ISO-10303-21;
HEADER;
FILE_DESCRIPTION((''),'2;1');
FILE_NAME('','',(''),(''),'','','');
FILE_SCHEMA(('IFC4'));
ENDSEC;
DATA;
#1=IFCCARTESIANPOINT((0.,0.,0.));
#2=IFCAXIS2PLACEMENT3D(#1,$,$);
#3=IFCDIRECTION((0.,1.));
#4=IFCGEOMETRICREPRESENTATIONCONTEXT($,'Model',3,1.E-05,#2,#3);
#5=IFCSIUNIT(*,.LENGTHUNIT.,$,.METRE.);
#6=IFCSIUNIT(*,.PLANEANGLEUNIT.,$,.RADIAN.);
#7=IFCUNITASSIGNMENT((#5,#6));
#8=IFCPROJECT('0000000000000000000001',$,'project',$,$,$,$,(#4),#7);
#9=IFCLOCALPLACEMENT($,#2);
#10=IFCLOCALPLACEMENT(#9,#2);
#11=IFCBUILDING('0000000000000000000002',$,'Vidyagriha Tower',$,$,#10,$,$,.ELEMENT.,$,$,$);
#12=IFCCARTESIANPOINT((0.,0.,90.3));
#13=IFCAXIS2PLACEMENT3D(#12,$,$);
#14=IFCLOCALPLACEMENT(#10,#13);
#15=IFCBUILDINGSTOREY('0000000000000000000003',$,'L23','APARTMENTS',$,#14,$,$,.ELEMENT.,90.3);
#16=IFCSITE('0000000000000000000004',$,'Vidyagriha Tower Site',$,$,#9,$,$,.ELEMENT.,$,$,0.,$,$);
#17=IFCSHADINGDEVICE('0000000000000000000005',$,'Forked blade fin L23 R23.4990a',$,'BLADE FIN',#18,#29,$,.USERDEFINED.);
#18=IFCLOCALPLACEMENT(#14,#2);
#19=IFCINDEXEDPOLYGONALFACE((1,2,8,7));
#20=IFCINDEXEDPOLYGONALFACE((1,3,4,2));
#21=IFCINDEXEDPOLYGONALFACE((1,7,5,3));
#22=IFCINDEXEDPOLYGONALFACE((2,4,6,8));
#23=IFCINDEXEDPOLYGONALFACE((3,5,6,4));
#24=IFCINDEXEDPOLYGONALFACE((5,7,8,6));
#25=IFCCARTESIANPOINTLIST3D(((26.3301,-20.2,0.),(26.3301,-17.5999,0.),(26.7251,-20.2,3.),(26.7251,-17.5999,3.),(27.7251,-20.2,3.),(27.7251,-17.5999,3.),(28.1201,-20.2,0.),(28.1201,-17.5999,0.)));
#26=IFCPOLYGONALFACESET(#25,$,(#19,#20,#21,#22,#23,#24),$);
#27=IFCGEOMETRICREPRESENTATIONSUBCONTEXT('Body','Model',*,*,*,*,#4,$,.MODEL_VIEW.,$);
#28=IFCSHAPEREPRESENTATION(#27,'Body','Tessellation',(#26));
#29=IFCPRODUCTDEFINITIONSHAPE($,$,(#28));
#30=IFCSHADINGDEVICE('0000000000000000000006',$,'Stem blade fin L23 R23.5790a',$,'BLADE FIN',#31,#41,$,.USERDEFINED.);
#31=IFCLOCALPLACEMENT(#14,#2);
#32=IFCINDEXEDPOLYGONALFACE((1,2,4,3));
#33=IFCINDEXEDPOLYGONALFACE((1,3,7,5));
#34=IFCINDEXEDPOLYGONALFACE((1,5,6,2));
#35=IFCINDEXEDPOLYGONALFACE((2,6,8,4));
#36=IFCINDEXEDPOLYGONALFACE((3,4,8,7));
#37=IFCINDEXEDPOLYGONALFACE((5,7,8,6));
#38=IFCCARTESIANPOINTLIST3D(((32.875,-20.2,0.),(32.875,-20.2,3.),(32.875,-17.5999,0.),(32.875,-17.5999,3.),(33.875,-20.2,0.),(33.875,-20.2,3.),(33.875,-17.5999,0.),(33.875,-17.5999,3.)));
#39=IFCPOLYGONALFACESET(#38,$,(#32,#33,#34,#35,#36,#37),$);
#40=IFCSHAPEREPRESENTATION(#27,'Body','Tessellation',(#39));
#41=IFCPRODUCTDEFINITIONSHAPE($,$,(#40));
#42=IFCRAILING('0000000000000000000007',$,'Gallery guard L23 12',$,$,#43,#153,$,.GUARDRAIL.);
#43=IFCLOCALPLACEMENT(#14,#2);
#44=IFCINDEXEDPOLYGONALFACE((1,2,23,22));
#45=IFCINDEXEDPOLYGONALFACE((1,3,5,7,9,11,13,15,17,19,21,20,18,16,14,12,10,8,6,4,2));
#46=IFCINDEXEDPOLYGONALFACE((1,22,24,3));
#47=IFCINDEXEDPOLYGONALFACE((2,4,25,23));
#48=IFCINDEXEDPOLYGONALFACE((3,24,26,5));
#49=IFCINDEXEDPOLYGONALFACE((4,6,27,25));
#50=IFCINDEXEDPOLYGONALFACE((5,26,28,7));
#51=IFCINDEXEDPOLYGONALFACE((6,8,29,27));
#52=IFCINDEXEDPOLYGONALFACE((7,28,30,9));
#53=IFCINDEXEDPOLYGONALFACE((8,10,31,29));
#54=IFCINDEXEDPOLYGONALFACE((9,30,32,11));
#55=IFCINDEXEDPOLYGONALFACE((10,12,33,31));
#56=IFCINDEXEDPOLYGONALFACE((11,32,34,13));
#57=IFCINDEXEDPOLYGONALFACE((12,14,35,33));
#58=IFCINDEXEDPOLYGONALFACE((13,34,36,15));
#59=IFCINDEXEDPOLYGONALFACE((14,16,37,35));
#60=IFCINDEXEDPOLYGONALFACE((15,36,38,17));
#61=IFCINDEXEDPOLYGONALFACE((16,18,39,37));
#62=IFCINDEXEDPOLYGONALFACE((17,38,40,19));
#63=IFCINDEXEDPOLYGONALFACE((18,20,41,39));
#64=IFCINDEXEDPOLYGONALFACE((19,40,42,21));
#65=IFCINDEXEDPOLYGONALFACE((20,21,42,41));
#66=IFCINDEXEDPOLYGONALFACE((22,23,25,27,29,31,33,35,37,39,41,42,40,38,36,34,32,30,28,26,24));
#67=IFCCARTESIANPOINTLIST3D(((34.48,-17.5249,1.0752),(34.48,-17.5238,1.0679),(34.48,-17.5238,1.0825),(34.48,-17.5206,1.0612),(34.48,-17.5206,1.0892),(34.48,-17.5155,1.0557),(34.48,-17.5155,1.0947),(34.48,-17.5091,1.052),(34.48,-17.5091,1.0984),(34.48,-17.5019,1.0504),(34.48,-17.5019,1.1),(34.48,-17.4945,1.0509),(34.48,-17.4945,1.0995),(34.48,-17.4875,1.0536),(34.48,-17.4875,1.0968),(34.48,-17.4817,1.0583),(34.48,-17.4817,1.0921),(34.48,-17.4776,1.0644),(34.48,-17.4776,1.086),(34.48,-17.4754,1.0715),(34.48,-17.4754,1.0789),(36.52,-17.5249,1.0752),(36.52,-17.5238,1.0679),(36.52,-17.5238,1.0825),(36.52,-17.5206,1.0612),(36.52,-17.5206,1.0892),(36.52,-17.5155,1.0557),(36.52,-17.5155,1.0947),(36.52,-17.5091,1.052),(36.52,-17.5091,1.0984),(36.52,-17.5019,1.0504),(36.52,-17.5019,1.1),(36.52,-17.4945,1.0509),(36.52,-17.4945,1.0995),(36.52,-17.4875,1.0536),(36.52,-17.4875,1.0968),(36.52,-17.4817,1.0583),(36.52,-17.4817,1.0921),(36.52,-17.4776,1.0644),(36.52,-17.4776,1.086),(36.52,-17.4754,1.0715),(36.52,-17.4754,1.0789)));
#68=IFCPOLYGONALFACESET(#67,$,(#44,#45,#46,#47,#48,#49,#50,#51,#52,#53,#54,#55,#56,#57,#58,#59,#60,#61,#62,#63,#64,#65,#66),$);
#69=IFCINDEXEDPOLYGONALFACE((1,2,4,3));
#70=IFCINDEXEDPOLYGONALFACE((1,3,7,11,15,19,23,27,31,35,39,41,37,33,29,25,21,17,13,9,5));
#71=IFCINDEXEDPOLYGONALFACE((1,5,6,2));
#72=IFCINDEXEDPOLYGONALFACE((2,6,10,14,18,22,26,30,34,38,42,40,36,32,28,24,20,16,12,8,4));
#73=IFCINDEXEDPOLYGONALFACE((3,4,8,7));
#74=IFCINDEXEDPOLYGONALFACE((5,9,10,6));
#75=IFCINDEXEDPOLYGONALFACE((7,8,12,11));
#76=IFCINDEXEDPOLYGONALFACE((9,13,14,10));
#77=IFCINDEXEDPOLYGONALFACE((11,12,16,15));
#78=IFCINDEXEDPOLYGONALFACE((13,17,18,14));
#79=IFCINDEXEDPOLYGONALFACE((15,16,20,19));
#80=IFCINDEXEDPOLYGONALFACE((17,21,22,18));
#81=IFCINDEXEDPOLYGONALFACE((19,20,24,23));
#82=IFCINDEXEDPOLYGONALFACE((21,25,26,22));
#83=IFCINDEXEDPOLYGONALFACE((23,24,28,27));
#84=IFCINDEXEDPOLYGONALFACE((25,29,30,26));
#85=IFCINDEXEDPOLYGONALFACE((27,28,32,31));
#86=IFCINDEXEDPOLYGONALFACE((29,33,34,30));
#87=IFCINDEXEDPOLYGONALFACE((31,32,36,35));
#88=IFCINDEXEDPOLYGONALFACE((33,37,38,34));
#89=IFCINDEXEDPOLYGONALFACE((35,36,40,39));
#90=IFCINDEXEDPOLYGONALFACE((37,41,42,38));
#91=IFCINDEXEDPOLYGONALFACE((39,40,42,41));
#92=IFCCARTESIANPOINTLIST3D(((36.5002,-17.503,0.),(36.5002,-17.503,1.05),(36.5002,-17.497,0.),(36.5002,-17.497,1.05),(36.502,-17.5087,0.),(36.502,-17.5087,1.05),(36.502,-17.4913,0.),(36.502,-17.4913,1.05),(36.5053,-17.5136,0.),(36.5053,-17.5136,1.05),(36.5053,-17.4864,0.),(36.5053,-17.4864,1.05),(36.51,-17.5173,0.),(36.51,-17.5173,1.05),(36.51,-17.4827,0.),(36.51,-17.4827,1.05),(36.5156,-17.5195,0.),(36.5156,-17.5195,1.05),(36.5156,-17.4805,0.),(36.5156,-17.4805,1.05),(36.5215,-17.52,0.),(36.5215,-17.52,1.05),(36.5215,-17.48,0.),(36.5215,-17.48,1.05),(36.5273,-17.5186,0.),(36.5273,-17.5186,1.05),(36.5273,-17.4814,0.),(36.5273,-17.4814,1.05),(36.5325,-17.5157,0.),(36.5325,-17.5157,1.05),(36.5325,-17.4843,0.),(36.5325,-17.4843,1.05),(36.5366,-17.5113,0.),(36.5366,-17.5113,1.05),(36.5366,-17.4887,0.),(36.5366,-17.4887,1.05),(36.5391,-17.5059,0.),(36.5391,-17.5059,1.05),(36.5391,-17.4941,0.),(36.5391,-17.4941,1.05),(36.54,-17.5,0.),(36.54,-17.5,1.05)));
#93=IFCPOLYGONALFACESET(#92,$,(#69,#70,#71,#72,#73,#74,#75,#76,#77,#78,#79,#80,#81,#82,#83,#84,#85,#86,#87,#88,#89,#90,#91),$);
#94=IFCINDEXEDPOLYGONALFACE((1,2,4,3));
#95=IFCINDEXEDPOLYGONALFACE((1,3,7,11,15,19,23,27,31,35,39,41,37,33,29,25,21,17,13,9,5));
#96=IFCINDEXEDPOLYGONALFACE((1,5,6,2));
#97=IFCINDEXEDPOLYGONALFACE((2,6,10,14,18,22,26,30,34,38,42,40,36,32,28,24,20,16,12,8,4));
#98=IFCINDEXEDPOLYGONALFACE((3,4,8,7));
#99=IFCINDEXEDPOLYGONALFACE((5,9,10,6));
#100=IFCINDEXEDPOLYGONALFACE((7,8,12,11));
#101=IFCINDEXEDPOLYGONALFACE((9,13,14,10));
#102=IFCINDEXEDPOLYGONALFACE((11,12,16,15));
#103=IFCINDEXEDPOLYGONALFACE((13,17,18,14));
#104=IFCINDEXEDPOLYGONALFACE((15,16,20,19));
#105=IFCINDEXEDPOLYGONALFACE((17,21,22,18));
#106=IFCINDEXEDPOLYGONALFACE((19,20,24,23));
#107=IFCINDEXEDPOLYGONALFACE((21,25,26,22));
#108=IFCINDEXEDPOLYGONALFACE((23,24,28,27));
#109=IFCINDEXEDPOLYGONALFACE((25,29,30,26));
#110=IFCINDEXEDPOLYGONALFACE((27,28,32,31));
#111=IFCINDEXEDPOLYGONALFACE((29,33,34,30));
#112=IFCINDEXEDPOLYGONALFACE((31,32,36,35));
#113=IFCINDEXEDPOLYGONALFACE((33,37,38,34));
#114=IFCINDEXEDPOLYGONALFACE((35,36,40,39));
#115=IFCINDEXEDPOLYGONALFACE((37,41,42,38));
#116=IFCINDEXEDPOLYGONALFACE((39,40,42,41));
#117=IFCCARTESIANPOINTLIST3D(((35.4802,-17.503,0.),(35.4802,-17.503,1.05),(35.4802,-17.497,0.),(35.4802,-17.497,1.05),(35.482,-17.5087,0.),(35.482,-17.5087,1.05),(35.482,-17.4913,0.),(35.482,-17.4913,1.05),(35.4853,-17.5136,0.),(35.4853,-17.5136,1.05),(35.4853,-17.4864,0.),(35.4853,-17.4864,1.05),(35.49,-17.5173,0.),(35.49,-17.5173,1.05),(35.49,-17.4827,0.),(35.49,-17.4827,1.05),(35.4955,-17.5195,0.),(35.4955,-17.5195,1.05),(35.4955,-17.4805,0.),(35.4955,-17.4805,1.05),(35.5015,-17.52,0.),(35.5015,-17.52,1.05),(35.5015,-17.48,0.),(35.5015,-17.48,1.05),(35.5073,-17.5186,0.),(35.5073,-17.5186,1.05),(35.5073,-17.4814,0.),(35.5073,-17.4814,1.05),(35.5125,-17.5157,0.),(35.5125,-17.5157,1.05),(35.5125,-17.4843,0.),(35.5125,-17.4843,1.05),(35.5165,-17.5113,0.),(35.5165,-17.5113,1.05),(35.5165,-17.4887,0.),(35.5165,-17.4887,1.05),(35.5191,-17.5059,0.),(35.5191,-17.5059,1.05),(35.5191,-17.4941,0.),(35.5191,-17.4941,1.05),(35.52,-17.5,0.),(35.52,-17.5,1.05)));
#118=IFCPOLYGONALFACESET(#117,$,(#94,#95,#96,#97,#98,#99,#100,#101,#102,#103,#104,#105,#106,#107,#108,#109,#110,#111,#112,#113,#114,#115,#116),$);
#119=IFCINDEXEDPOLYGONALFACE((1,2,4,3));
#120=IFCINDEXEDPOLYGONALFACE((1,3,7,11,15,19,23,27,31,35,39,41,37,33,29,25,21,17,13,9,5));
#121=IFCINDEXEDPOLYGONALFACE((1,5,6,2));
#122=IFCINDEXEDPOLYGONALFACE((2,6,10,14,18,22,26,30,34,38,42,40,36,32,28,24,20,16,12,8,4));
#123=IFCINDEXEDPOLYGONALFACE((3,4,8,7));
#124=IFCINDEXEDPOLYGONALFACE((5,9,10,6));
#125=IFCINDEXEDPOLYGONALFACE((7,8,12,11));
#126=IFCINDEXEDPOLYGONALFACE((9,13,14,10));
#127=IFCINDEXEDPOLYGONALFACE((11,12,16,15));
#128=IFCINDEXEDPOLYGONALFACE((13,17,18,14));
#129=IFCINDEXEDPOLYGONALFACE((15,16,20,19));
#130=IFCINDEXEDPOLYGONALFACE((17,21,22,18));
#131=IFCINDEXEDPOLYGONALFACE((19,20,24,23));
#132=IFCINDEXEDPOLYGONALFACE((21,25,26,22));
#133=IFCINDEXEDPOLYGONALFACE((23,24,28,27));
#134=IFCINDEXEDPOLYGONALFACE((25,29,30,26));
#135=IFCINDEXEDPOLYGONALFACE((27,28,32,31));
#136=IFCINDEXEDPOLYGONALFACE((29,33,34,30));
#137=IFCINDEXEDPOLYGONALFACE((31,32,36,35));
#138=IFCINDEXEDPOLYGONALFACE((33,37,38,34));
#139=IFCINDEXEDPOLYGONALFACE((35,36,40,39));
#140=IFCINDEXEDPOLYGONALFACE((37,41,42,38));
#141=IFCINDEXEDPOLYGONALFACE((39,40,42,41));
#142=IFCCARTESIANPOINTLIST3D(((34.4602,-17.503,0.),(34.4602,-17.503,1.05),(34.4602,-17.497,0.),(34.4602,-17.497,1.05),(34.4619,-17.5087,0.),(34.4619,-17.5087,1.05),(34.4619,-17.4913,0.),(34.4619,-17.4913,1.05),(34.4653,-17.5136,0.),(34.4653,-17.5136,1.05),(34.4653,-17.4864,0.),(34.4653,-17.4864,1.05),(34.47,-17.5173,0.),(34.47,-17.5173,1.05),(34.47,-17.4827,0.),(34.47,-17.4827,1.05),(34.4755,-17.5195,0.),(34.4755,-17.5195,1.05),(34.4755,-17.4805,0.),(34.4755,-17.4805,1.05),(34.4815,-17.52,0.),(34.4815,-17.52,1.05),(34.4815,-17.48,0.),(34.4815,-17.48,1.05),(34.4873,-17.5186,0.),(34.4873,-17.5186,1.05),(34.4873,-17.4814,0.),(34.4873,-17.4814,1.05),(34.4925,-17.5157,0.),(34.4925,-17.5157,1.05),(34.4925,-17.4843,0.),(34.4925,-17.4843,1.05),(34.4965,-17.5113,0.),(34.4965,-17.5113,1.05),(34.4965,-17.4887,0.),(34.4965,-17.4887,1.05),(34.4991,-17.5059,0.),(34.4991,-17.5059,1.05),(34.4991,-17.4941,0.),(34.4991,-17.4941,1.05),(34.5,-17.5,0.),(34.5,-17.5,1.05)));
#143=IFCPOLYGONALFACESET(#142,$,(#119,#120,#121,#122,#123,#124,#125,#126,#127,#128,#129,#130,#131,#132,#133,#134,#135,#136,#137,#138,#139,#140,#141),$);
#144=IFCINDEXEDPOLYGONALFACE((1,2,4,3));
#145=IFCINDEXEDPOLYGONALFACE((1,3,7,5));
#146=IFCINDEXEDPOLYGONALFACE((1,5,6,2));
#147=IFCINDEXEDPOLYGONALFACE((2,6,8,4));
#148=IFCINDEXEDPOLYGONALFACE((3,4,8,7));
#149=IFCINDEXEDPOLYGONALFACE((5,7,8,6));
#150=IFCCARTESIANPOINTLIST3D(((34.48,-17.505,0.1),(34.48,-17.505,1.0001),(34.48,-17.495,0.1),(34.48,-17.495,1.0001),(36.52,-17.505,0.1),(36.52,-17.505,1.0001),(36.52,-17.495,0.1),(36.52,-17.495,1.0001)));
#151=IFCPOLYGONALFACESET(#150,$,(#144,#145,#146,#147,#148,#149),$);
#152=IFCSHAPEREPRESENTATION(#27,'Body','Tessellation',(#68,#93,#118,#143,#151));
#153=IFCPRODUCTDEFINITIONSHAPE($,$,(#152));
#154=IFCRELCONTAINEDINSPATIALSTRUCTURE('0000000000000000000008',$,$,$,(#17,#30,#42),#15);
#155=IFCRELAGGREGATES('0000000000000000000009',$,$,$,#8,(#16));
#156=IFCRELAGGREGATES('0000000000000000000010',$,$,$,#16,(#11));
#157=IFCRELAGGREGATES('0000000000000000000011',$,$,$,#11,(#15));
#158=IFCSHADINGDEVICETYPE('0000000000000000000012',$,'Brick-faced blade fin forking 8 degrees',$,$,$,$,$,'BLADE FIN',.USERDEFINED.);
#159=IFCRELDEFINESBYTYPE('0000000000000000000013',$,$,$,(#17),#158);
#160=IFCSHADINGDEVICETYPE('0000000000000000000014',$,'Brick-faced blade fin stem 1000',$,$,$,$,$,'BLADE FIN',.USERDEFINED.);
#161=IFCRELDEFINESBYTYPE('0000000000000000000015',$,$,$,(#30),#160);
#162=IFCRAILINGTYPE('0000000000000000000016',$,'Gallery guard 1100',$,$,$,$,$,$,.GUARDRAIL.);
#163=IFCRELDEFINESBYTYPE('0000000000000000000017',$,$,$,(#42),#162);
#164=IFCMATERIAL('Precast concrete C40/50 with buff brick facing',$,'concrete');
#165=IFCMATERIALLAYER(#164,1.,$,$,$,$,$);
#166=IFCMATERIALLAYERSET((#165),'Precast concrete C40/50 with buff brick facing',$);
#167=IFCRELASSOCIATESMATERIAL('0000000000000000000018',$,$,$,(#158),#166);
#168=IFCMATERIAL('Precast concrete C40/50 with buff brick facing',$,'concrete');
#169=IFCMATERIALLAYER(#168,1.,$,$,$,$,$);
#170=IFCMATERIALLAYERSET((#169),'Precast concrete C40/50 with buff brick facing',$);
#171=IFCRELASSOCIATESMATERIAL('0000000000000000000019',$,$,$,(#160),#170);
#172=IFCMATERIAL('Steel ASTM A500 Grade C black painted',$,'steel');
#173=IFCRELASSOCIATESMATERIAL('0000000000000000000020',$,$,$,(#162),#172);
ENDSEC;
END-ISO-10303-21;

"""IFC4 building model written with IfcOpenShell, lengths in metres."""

from ifc_helpers import new_model, si_unit, direction, frame, origin, origin_2d, place, context, subcontext, project, spatial, polyline, rectangle, circle, outline, extrude, material, layer, layer_set, type_object, element, save


model = new_model("IFC4")

# Units and contexts
model_context = context("Model", 3, precision=1e-05, world=origin(), true_north=direction((0.0, 1.0)))
body_context = subcontext(model_context, "Body", "Model", "MODEL_VIEW")
ifc_project = project(units=[si_unit("LENGTHUNIT", "METRE"), si_unit("PLANEANGLEUNIT", "RADIAN")], contexts=[model_context])

# Site, building, storey
site_placement = place(None, origin())
site = spatial("IfcSite", under=ifc_project, at=site_placement, Name="Vidyagriha Tower Site", CompositionType="ELEMENT", RefElevation=0.0)
building_placement = place(site_placement, origin())
building = spatial("IfcBuilding", under=site, at=building_placement, Name="Vidyagriha Tower", CompositionType="ELEMENT")
storey_placement = place(building_placement, frame((0.0, 0.0, 90.3)))
storey = spatial("IfcBuildingStorey", under=building, at=storey_placement, Name="L23", Description="APARTMENTS", CompositionType="ELEMENT", Elevation=90.3)

# Shading devices
ifc_material_1 = material(Name="Precast concrete C40/50 with buff brick facing", Category="concrete")
ifc_layer_1 = layer(ifc_material_1, 1.0)
ifc_layer_set_1 = layer_set([ifc_layer_1], Name="Precast concrete C40/50 with buff brick facing")
shading_device_type_1 = type_object("IfcShadingDeviceType", Name="Brick-faced blade fin forking 8 degrees", ElementType="BLADE FIN", PredefinedType="USERDEFINED", material=ifc_layer_set_1)
shading_device_1_placement = place(storey_placement, frame((26.3301, -18.8999, 0.0)))
element("IfcShadingDevice", 1, at=shading_device_1_placement, inside=storey, type_object=shading_device_type_1, Name="Forked blade fin L23 R23.4990a", ObjectType="BLADE FIN", PredefinedType="USERDEFINED", context=body_context, shape_type="SweptSolid", body=[
    extrude(outline(polyline([(0.0, 0.0), (1.79, 0.0), (1.395, 3.0), (0.395, 3.0), (0.0, 0.0)])), frame((0.0, 1.3, 0.0), z_axis=(0.0, -1.0, 0.0), x_axis=(1.0, 0.0, 0.0)), (0.0, 0.0, 1.0), 2.6001),
])
ifc_material_2 = material(Name="Precast concrete C40/50 with buff brick facing", Category="concrete")
ifc_layer_2 = layer(ifc_material_2, 1.0)
ifc_layer_set_2 = layer_set([ifc_layer_2], Name="Precast concrete C40/50 with buff brick facing")
shading_device_type_2 = type_object("IfcShadingDeviceType", Name="Brick-faced blade fin stem 1000", ElementType="BLADE FIN", PredefinedType="USERDEFINED", material=ifc_layer_set_2)
shading_device_2_placement = place(storey_placement, frame((32.875, -18.8999, 0.0)))
element("IfcShadingDevice", 2, at=shading_device_2_placement, inside=storey, type_object=shading_device_type_2, Name="Stem blade fin L23 R23.5790a", ObjectType="BLADE FIN", PredefinedType="USERDEFINED", context=body_context, shape_type="SweptSolid", body=[
    extrude(outline(polyline([(0.0, 0.0), (1.0, 0.0), (1.0, 3.0), (0.0, 3.0), (0.0, 0.0)])), frame((0.0, 1.3, 0.0), z_axis=(0.0, -1.0, 0.0), x_axis=(1.0, 0.0, 0.0)), (0.0, 0.0, 1.0), 2.6001),
])

# Railing
ifc_material_3 = material(Name="Steel ASTM A500 Grade C black painted", Category="steel")
railing_type_1 = type_object("IfcRailingType", Name="Gallery guard 1100", PredefinedType="GUARDRAIL", material=ifc_material_3)
railing_1_placement = place(storey_placement, frame((36.52, -17.5, 0.0)))
element("IfcRailing", 3, at=railing_1_placement, inside=storey, type_object=railing_type_1, Name="Gallery guard L23 12", PredefinedType="GUARDRAIL", context=body_context, shape_type="SweptSolid", body=[
    extrude(circle(Radius=0.0249, at=origin_2d()), frame((0.0, 0.0, 1.0752), z_axis=(-1.0, 0.0, 0.0), x_axis=(0.0, -1.0, 0.0)), (0.0, 0.0, 1.0), 2.04),
    extrude(circle(Radius=0.02, at=origin_2d()), origin(), (0.0, 0.0, 1.0), 1.05),
    extrude(circle(Radius=0.02, at=origin_2d()), frame((-1.02, 0.0, 0.0)), (0.0, 0.0, 1.0), 1.05),
    extrude(circle(Radius=0.02, at=origin_2d()), frame((-2.04, 0.0, 0.0)), (0.0, 0.0, 1.0), 1.05),
    extrude(rectangle(XDim=0.01, YDim=0.9001, at=origin_2d()), frame((0.0, 0.0, 0.55), z_axis=(-1.0, 0.0, 0.0), x_axis=(0.0, -1.0, 0.0)), (0.0, 0.0, 1.0), 2.04),
])

save(model, "model.ifc")
